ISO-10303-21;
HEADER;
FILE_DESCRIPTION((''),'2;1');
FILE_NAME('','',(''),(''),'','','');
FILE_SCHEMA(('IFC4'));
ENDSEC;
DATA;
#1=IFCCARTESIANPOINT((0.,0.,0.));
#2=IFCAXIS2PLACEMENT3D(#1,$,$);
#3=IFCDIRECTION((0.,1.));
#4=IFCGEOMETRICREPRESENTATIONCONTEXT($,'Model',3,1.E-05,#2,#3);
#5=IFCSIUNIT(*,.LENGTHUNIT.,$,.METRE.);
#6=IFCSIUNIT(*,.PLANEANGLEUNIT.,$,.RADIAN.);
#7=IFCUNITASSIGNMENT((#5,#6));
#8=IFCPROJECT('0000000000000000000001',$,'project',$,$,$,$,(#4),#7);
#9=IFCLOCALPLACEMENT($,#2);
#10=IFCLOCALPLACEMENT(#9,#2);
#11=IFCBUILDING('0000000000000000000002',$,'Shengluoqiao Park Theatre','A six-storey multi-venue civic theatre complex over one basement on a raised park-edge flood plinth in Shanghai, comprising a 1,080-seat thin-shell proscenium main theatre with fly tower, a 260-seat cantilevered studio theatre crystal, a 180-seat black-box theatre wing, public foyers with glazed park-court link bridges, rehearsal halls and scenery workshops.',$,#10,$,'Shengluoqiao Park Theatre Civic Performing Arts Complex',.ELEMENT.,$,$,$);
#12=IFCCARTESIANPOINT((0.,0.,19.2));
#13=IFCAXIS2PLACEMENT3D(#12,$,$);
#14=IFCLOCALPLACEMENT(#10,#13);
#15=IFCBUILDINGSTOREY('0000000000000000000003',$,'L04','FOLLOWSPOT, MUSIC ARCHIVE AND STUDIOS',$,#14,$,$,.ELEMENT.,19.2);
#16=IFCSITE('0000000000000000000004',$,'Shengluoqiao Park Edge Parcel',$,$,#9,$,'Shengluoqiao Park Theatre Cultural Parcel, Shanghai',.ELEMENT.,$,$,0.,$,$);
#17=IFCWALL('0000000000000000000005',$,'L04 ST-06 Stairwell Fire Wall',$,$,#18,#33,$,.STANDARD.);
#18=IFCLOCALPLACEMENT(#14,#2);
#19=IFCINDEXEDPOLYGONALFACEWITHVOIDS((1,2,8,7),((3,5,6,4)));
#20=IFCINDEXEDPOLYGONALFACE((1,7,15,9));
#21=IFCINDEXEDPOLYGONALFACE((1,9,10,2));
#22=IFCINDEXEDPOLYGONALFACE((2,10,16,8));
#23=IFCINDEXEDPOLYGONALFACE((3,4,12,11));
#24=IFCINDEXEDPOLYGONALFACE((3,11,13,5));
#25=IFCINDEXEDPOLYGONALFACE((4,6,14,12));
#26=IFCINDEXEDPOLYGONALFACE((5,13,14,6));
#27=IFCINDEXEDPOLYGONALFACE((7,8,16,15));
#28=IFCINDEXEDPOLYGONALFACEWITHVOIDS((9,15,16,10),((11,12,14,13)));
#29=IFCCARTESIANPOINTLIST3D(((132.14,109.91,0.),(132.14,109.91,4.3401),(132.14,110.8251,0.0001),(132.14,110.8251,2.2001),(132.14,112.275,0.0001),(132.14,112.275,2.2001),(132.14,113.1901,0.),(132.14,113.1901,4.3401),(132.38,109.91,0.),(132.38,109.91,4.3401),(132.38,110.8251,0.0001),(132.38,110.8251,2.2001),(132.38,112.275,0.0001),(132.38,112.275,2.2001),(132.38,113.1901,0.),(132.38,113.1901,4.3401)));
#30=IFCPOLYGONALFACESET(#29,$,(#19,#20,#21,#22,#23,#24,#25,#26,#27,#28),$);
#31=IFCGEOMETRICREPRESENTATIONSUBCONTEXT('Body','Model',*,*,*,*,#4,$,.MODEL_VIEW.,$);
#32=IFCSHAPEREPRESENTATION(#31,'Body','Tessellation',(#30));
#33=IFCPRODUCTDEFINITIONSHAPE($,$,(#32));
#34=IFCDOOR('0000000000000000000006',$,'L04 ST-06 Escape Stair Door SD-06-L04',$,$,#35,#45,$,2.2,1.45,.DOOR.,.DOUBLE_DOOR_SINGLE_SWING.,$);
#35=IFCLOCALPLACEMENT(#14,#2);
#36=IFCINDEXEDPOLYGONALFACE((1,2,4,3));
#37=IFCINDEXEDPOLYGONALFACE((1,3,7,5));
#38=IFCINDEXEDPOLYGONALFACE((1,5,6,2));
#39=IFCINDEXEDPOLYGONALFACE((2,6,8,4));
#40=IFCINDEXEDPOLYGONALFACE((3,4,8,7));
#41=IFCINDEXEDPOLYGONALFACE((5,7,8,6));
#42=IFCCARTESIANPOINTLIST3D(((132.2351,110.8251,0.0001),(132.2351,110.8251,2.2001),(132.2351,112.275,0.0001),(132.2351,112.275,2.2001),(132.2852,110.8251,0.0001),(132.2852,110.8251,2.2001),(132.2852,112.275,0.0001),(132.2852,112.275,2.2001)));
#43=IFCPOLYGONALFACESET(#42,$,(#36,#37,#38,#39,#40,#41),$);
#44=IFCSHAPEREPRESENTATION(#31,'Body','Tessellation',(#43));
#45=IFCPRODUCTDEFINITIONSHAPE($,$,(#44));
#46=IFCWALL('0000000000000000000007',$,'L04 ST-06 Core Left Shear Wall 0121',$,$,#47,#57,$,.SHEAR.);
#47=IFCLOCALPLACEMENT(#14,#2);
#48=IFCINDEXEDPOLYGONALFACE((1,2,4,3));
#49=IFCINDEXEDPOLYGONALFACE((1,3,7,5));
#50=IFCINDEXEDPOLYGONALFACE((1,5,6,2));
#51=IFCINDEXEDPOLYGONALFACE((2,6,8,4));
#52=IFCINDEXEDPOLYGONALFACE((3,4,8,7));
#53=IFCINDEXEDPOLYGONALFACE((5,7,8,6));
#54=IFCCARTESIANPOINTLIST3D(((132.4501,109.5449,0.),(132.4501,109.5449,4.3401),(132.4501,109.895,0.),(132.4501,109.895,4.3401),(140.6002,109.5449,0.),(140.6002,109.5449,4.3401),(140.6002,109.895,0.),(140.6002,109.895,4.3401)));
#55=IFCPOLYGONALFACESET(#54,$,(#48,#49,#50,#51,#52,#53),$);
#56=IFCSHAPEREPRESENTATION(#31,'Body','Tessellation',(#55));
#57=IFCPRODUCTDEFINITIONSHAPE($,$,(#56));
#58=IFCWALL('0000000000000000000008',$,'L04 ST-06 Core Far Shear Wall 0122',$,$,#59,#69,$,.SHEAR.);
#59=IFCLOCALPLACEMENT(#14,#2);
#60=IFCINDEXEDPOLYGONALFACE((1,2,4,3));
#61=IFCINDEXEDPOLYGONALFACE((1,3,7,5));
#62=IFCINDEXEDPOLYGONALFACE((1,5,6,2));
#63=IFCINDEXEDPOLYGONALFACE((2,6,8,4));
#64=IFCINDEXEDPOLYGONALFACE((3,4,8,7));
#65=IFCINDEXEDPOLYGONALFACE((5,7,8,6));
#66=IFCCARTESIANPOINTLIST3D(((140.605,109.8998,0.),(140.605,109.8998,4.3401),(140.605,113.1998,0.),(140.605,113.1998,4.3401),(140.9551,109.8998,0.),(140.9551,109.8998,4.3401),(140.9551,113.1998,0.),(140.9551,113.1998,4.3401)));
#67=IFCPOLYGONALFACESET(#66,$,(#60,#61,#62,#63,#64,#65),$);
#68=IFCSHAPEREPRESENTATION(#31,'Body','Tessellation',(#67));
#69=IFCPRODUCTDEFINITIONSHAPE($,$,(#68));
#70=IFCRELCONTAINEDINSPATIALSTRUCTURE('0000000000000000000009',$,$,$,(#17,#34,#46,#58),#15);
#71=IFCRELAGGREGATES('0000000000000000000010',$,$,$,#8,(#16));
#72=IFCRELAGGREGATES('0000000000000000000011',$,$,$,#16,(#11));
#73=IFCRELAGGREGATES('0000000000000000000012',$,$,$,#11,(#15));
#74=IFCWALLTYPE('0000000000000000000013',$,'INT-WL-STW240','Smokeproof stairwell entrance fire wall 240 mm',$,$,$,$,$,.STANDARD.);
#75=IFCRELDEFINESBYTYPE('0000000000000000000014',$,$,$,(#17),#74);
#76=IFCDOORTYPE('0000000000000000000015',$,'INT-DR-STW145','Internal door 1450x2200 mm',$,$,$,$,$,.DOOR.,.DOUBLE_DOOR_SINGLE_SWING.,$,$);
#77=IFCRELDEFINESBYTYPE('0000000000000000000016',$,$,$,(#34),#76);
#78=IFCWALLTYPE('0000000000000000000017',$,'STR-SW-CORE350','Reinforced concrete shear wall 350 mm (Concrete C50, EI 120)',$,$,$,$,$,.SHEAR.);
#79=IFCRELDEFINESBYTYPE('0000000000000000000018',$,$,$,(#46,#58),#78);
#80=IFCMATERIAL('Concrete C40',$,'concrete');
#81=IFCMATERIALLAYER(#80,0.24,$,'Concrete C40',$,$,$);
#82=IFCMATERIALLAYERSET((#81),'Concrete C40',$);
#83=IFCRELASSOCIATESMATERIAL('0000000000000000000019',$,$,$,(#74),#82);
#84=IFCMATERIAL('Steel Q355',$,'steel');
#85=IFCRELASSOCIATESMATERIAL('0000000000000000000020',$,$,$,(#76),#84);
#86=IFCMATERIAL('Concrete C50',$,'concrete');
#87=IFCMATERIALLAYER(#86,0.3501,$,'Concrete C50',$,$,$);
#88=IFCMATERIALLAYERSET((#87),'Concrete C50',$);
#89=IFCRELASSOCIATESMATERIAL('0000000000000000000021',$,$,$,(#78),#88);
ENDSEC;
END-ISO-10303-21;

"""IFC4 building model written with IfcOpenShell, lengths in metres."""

from ifc_helpers import new_model, si_unit, direction, frame, frame_2d, origin, place, context, subcontext, project, spatial, rectangle, extrude, material, layer, layer_set, type_object, element, fill, save


model = new_model("IFC4")

# Units and contexts
model_context = context("Model", 3, precision=1e-05, world=origin(), true_north=direction((0.0, 1.0)))
body_context = subcontext(model_context, "Body", "Model", "MODEL_VIEW")
ifc_project = project(units=[si_unit("LENGTHUNIT", "METRE"), si_unit("PLANEANGLEUNIT", "RADIAN")], contexts=[model_context])

# Site, building, storey
site_placement = place(None, origin())
site = spatial("IfcSite", under=ifc_project, at=site_placement, Name="Shengluoqiao Park Edge Parcel", LongName="Shengluoqiao Park Theatre Cultural Parcel, Shanghai", CompositionType="ELEMENT", RefElevation=0.0)
building_placement = place(site_placement, origin())
building = spatial("IfcBuilding", under=site, at=building_placement, Name="Shengluoqiao Park Theatre", Description="A six-storey multi-venue civic theatre complex over one basement on a raised park-edge flood plinth in Shanghai, comprising a 1,080-seat thin-shell proscenium main theatre with fly tower, a 260-seat cantilevered studio theatre crystal, a 180-seat black-box theatre wing, public foyers with glazed park-court link bridges, rehearsal halls and scenery workshops.", LongName="Shengluoqiao Park Theatre Civic Performing Arts Complex", CompositionType="ELEMENT")
storey_placement = place(building_placement, frame((0.0, 0.0, 19.2)))
storey = spatial("IfcBuildingStorey", under=building, at=storey_placement, Name="L04", Description="FOLLOWSPOT, MUSIC ARCHIVE AND STUDIOS", CompositionType="ELEMENT", Elevation=19.2)

# Shared definitions
ifc_material_1 = material(Name="Steel Q355", Category="steel")

# Wall, opening, door
ifc_material_2 = material(Name="Concrete C40", Category="concrete")
ifc_layer_1 = layer(ifc_material_2, 0.24, Name="Concrete C40")
ifc_layer_set_1 = layer_set([ifc_layer_1], Name="Concrete C40")
wall_type_1 = type_object("IfcWallType", Name="INT-WL-STW240", Description="Smokeproof stairwell entrance fire wall 240 mm", PredefinedType="STANDARD", material=ifc_layer_set_1)
wall_1_placement = place(storey_placement, frame((132.26, 109.9099, 0.0), z_axis=(0.0, 0.0, 1.0), x_axis=(0.0, 1.0, 0.0)))
wall_1 = element("IfcWall", 1, at=wall_1_placement, inside=storey, type_object=wall_type_1, Name="L04 ST-06 Stairwell Fire Wall", PredefinedType="STANDARD", context=body_context, shape_type="SweptSolid", body=[
    extrude(rectangle(XDim=3.28, YDim=0.24, at=frame_2d((1.6401, 0.0))), origin(), (0.0, 0.0, 1.0), 4.3401),
])
opening_1_placement = place(wall_1_placement, frame((0.915, 0.0, 0.0)))
opening_1 = element("IfcOpeningElement", 2, at=opening_1_placement, cuts=wall_1, PredefinedType="OPENING", context=body_context, shape_type="SweptSolid", body=[
    extrude(rectangle(XDim=1.45, YDim=2.2, at=frame_2d((0.7251, 1.1001))), frame((0.0, 0.1299, 0.0), z_axis=(0.0, -1.0, 0.0), x_axis=(1.0, 0.0, 0.0)), (0.0, 0.0, 1.0), 0.26),
])
door_type_1 = type_object("IfcDoorType", Name="INT-DR-STW145", Description="Internal door 1450x2200 mm", OperationType="DOUBLE_DOOR_SINGLE_SWING", PredefinedType="DOOR", material=ifc_material_1)
door_1_placement = place(opening_1_placement, origin())
door_1 = element("IfcDoor", 3, at=door_1_placement, inside=storey, type_object=door_type_1, Name="L04 ST-06 Escape Stair Door SD-06-L04", OperationType="DOUBLE_DOOR_SINGLE_SWING", OverallHeight=2.2, OverallWidth=1.45, PredefinedType="DOOR", context=body_context, shape_type="SweptSolid", body=[
    extrude(rectangle(XDim=1.45, YDim=2.2, at=frame_2d((0.7251, 1.1001))), frame((0.0, 0.0249, 0.0), z_axis=(0.0, -1.0, 0.0), x_axis=(1.0, 0.0, 0.0)), (0.0, 0.0, 1.0), 0.05),
])
fill(opening_1, door_1)

# Walls
ifc_material_3 = material(Name="Concrete C50", Category="concrete")
ifc_layer_2 = layer(ifc_material_3, 0.3501, Name="Concrete C50")
ifc_layer_set_2 = layer_set([ifc_layer_2], Name="Concrete C50")
wall_type_2 = type_object("IfcWallType", Name="STR-SW-CORE350", Description="Reinforced concrete shear wall 350 mm (Concrete C50, EI 120)", PredefinedType="SHEAR", material=ifc_layer_set_2)
wall_2_placement = place(storey_placement, frame((132.45, 109.72, 0.0), z_axis=(0.0, 0.0, 1.0), x_axis=(1.0, 0.0, 0.0)))
element("IfcWall", 4, at=wall_2_placement, inside=storey, type_object=wall_type_2, Name="L04 ST-06 Core Left Shear Wall 0121", PredefinedType="SHEAR", context=body_context, shape_type="SweptSolid", body=[
    extrude(rectangle(XDim=8.1501, YDim=0.3501, at=frame_2d((4.0752, 0.0))), origin(), (0.0, 0.0, 1.0), 4.3401),
])
wall_3_placement = place(storey_placement, frame((140.78, 109.8999, 0.0), z_axis=(0.0, 0.0, 1.0), x_axis=(0.0, 1.0, 0.0)))
element("IfcWall", 5, at=wall_3_placement, inside=storey, type_object=wall_type_2, Name="L04 ST-06 Core Far Shear Wall 0122", PredefinedType="SHEAR", context=body_context, shape_type="SweptSolid", body=[
    extrude(rectangle(XDim=3.3, YDim=0.3501, at=frame_2d((1.6499, 0.0))), origin(), (0.0, 0.0, 1.0), 4.3401),
])

save(model, "model.ifc")
